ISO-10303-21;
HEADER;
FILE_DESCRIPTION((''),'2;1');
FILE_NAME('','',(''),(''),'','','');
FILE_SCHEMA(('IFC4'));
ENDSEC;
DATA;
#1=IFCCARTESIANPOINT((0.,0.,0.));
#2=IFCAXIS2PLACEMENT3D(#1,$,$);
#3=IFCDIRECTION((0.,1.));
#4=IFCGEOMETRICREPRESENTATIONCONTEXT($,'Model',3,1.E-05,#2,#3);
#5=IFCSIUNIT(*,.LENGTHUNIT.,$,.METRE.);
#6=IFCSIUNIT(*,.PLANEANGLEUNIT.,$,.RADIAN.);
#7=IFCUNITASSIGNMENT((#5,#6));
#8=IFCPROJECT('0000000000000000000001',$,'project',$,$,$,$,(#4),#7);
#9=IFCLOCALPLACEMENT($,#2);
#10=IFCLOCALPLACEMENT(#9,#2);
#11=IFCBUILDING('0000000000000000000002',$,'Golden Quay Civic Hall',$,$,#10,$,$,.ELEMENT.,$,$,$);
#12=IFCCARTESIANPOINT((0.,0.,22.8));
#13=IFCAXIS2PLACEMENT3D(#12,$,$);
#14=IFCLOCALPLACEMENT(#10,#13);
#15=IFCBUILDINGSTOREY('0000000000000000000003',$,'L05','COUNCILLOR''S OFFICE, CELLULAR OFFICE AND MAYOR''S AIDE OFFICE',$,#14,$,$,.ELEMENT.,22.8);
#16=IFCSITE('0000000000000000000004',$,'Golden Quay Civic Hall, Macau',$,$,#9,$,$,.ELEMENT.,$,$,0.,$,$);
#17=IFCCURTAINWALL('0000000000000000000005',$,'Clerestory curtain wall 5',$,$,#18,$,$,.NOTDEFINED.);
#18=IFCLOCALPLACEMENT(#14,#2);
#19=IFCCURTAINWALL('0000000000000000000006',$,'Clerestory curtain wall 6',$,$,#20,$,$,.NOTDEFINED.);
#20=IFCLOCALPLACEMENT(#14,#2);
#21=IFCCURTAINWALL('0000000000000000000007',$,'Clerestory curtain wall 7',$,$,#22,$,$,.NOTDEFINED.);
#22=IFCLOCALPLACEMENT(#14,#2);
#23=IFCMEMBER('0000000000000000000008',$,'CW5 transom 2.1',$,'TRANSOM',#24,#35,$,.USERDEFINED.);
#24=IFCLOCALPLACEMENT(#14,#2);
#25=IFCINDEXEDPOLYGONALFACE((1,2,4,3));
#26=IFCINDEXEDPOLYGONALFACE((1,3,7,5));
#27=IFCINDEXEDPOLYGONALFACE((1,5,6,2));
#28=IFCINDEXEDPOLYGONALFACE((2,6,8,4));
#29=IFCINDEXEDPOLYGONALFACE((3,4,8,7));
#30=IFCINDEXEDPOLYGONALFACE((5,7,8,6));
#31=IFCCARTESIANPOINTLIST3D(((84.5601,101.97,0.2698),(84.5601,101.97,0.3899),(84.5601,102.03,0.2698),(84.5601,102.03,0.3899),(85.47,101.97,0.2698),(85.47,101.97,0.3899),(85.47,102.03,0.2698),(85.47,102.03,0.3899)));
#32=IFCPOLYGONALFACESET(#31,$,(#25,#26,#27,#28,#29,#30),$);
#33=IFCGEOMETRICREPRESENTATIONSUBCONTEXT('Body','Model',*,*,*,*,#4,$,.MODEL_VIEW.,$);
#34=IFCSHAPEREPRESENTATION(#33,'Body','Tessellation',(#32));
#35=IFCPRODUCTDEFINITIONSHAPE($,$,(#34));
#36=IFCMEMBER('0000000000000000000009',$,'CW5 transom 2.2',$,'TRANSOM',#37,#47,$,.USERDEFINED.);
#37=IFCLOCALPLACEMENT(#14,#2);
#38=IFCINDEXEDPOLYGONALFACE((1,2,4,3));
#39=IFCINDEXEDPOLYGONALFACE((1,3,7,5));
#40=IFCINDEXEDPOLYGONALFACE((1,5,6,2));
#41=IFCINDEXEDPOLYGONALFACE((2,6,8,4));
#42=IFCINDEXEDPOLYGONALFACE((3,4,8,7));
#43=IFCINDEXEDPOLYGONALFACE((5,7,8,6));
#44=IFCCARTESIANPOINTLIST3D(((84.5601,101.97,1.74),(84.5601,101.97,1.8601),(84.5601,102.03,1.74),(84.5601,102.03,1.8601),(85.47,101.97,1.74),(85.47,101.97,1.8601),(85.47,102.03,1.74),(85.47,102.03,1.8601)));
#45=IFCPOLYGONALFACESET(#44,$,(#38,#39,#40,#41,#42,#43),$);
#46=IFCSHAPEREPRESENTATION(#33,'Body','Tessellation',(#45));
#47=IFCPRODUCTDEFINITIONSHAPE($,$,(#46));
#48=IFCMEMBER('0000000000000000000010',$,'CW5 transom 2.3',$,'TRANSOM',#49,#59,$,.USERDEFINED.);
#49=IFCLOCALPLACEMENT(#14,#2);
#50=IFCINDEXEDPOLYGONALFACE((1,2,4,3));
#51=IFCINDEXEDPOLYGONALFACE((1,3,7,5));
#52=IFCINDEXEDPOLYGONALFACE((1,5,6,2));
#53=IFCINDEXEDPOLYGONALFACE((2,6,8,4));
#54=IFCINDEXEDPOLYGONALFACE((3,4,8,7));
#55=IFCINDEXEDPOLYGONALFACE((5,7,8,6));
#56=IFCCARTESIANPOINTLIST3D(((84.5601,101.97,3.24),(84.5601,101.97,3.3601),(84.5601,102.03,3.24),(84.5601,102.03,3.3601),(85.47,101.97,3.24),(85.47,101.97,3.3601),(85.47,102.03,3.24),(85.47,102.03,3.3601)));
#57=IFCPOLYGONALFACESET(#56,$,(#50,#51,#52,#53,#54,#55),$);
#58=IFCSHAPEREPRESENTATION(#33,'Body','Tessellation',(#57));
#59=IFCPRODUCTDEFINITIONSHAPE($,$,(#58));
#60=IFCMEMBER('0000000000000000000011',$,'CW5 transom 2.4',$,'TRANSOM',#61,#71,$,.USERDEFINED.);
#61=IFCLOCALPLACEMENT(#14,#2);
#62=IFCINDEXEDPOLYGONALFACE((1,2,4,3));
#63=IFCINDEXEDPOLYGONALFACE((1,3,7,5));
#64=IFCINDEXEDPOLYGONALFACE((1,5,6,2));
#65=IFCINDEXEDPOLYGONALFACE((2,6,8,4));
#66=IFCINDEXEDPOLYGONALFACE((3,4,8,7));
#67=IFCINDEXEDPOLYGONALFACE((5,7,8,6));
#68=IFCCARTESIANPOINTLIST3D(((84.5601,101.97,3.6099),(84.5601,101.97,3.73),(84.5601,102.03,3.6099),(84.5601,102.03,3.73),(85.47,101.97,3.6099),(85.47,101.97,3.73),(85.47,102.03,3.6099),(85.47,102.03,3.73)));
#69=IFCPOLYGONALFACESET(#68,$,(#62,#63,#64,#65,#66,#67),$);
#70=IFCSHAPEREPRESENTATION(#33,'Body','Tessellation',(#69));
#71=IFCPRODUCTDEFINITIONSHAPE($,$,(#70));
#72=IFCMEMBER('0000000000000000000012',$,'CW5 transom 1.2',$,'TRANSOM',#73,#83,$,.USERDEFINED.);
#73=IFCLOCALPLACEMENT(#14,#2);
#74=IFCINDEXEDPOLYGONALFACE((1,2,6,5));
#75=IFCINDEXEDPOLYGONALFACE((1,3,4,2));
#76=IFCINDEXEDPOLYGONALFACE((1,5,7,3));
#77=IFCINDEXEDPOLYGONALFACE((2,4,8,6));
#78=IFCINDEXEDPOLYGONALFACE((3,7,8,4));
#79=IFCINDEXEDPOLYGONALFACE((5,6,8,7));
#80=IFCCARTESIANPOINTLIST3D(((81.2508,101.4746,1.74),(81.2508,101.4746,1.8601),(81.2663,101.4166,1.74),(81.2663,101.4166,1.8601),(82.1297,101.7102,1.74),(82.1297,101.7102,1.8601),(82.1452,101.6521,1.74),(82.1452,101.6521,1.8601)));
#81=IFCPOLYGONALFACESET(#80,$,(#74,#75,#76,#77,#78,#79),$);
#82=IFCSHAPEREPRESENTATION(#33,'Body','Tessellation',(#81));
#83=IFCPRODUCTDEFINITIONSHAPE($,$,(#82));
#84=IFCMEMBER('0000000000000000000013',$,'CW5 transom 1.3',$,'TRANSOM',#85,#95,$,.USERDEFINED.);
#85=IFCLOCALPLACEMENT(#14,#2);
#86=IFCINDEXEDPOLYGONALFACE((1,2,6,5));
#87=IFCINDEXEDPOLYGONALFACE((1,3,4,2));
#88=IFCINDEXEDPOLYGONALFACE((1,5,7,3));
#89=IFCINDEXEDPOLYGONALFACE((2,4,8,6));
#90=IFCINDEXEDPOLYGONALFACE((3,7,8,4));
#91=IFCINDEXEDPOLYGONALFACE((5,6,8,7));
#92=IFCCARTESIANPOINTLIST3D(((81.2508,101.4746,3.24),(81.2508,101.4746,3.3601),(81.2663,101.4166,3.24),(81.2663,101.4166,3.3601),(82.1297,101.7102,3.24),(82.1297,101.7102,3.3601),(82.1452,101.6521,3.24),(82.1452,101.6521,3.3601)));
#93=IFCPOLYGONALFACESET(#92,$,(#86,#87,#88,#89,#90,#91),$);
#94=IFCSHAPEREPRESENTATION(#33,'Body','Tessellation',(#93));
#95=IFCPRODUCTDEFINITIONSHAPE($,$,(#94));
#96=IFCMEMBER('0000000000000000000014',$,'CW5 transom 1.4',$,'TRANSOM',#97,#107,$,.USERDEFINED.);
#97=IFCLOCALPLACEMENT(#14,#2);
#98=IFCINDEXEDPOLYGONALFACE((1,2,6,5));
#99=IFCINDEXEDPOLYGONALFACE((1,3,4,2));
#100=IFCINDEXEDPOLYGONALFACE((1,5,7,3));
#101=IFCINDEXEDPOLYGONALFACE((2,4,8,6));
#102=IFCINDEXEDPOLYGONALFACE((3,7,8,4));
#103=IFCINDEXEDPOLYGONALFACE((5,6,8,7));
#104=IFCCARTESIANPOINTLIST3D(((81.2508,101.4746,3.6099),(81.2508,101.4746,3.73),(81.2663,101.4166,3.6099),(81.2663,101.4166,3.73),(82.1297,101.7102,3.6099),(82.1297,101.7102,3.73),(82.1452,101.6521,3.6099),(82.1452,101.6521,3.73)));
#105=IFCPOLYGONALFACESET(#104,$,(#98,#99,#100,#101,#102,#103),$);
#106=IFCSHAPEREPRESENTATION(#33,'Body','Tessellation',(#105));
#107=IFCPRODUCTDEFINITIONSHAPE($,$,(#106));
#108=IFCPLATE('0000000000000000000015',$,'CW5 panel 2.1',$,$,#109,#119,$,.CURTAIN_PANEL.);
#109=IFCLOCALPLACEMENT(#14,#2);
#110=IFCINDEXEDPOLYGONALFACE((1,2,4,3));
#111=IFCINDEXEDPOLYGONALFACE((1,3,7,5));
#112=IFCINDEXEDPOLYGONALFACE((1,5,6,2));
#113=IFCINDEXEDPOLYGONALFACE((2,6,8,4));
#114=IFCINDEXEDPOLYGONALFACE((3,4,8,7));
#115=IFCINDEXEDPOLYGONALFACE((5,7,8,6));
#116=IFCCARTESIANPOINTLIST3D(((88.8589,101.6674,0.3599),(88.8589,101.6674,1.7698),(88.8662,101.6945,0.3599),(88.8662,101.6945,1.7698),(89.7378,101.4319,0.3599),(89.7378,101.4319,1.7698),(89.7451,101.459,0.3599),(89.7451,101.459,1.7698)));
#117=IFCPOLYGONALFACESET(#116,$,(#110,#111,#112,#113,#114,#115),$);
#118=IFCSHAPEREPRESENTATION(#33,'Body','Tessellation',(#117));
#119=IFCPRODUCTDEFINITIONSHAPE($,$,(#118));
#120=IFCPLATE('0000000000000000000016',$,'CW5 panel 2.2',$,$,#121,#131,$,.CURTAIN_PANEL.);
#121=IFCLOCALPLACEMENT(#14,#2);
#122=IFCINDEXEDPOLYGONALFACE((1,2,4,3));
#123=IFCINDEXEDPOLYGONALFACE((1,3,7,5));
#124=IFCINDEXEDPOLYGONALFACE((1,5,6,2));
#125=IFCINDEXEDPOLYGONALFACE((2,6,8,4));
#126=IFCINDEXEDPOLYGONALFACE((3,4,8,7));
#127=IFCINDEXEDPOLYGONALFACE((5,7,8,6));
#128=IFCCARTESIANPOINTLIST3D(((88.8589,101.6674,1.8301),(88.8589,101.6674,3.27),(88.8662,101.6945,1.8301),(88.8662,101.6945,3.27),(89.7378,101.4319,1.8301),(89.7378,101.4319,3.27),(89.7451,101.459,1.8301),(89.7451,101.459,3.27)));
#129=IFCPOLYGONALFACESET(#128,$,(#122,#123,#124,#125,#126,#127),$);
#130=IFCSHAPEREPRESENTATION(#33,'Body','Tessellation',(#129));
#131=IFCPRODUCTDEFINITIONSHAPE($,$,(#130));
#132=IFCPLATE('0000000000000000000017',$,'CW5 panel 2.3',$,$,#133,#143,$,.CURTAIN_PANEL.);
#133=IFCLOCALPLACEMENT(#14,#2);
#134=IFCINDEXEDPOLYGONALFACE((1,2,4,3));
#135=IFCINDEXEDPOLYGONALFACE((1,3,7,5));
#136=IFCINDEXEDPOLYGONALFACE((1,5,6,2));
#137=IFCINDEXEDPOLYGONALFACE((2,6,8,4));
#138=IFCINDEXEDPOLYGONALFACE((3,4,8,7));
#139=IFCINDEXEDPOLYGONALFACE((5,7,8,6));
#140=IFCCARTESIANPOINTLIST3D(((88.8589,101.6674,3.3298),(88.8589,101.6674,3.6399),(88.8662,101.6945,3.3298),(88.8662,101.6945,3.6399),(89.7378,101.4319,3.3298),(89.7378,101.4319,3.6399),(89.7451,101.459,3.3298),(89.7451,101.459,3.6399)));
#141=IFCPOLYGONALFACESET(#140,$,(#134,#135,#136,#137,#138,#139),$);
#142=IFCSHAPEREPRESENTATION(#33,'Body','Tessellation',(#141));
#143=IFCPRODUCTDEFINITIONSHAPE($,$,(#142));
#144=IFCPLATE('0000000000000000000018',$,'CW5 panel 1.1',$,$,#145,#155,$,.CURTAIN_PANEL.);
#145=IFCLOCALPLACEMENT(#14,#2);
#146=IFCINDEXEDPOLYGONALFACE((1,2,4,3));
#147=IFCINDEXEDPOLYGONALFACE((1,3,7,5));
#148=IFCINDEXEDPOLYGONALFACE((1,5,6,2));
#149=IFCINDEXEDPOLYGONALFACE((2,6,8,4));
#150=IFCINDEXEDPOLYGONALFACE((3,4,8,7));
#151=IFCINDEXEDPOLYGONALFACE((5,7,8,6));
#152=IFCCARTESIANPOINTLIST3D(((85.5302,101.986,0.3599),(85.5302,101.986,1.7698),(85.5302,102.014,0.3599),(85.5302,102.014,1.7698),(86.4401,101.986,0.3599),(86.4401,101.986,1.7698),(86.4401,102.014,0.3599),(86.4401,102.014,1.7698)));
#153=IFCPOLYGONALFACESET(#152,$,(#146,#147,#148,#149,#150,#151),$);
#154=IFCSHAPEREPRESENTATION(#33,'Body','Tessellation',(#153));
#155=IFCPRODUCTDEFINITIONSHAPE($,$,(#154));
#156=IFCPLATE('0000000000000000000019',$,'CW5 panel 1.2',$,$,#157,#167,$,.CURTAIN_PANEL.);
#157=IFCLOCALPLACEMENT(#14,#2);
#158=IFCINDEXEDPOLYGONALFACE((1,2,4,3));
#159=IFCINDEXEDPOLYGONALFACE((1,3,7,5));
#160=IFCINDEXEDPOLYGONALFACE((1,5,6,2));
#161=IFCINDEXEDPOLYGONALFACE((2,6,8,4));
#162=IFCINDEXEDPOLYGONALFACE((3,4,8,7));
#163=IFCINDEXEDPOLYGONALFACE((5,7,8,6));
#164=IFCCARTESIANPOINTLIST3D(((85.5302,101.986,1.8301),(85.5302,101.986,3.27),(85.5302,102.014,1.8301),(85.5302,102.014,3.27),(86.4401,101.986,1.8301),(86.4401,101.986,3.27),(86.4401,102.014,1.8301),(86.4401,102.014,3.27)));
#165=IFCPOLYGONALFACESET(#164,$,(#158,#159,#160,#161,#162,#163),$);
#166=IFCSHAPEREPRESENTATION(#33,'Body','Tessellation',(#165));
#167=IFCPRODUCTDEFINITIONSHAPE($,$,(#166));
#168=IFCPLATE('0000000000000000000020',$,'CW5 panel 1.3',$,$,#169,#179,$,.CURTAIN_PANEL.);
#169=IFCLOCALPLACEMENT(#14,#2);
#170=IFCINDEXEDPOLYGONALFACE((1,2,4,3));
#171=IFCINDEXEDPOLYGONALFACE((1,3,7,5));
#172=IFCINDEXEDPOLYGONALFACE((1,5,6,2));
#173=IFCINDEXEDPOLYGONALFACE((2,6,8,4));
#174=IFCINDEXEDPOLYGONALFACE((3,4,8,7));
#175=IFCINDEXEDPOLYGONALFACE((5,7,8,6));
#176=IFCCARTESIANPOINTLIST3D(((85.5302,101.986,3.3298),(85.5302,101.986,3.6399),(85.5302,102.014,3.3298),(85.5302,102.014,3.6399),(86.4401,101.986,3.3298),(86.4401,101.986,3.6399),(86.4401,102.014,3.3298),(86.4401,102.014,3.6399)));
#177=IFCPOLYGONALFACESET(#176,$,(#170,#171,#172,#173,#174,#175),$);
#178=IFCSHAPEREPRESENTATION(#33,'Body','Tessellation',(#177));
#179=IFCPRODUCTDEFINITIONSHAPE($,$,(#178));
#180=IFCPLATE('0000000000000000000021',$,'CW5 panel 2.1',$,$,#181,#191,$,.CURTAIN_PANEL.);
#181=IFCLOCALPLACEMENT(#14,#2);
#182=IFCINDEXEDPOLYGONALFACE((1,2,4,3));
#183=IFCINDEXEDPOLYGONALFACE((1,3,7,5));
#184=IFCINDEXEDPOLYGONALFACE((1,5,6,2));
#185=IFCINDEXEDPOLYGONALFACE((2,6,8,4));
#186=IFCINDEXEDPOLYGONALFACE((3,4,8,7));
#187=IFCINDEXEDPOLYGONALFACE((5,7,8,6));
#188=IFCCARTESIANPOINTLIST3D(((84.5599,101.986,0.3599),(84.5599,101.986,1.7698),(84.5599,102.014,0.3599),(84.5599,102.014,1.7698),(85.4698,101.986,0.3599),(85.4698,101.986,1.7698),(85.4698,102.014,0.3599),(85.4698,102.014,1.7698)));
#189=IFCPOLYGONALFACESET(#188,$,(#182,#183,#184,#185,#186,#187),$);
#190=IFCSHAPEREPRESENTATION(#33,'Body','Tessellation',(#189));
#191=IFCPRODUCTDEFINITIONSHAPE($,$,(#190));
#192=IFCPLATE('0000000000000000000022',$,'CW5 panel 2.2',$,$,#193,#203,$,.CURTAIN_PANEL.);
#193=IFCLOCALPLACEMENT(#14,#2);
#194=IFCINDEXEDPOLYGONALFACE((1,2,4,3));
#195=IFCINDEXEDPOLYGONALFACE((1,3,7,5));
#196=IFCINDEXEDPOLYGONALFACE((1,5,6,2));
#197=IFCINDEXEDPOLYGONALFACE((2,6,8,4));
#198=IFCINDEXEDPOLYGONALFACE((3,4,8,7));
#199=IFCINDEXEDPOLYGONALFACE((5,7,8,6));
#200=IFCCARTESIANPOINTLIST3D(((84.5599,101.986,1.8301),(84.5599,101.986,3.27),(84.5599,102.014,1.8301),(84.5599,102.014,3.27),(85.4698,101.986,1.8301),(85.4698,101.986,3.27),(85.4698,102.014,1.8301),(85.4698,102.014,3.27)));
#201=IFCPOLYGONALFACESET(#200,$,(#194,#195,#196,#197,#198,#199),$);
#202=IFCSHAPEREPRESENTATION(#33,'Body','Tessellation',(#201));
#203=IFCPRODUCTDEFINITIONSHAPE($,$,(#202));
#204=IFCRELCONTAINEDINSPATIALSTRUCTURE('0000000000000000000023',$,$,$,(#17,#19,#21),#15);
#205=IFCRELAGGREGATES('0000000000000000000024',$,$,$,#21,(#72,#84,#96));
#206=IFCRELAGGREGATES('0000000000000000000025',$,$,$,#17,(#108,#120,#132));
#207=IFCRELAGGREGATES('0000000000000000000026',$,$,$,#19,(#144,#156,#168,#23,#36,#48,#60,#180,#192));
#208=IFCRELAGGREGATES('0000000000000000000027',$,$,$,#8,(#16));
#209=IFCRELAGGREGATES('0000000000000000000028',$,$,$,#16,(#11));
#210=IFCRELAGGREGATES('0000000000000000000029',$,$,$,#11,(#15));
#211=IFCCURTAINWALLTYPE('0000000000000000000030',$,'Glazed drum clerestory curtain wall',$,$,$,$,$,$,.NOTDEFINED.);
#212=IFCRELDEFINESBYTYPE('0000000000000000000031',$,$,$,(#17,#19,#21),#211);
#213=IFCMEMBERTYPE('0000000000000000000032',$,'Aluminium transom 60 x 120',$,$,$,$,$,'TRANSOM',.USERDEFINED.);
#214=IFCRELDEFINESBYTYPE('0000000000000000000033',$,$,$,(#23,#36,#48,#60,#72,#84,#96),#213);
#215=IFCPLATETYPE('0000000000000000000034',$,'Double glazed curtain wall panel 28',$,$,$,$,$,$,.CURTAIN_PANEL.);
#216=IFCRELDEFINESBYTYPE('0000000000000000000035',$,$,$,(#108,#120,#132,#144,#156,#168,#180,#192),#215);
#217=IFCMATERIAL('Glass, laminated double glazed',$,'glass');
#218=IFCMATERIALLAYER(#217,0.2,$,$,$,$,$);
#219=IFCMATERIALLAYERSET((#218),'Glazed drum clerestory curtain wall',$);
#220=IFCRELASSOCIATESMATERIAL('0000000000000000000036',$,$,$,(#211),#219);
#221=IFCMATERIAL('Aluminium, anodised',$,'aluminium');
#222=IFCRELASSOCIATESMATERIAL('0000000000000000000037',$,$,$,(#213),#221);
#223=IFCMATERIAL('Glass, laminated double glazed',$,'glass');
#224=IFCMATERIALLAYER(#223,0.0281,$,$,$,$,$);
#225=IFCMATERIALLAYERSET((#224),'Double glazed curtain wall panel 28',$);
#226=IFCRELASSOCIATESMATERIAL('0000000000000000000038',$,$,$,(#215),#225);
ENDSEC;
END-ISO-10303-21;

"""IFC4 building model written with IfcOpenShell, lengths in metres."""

from ifc_helpers import new_model, si_unit, direction, frame, origin, origin_2d, place, context, subcontext, project, spatial, rectangle, extrude, material, layer, layer_set, material_profile, profile_set, type_object, element, aggregate, save


model = new_model("IFC4")

# Units and contexts
model_context = context("Model", 3, precision=1e-05, world=origin(), true_north=direction((0.0, 1.0)))
body_context = subcontext(model_context, "Body", "Model", "MODEL_VIEW")
ifc_project = project(units=[si_unit("LENGTHUNIT", "METRE"), si_unit("PLANEANGLEUNIT", "RADIAN")], contexts=[model_context])

# Site, building, storey
site_placement = place(None, origin())
site = spatial("IfcSite", under=ifc_project, at=site_placement, Name="Golden Quay Civic Hall, Macau", CompositionType="ELEMENT", RefElevation=0.0)
building_placement = place(site_placement, origin())
building = spatial("IfcBuilding", under=site, at=building_placement, Name="Golden Quay Civic Hall", CompositionType="ELEMENT")
storey_placement = place(building_placement, frame((0.0, 0.0, 22.8)))
storey = spatial("IfcBuildingStorey", under=building, at=storey_placement, Name="L05", Description="COUNCILLOR'S OFFICE, CELLULAR OFFICE AND MAYOR'S AIDE OFFICE", CompositionType="ELEMENT", Elevation=22.8)

# Curtain walls
ifc_material_1 = material(Name="Glass, laminated double glazed", Category="glass")
ifc_layer_1 = layer(ifc_material_1, 0.2)
ifc_layer_set_1 = layer_set([ifc_layer_1], Name="Glazed drum clerestory curtain wall")
curtain_wall_type = type_object("IfcCurtainWallType", Name="Glazed drum clerestory curtain wall", PredefinedType="NOTDEFINED", material=ifc_layer_set_1)
curtain_wall_1_placement = place(storey_placement, origin())
curtain_wall_1 = element("IfcCurtainWall", 1, at=curtain_wall_1_placement, inside=storey, type_object=curtain_wall_type, Name="Clerestory curtain wall 5", PredefinedType="NOTDEFINED")
curtain_wall_2_placement = place(storey_placement, origin())
curtain_wall_2 = element("IfcCurtainWall", 2, at=curtain_wall_2_placement, inside=storey, type_object=curtain_wall_type, Name="Clerestory curtain wall 6", PredefinedType="NOTDEFINED")

# Curtain wall
curtain_wall_3_placement = place(storey_placement, origin())
curtain_wall_3 = element("IfcCurtainWall", 3, at=curtain_wall_3_placement, inside=storey, type_object=curtain_wall_type, Name="Clerestory curtain wall 7", PredefinedType="NOTDEFINED")

# Members
ifc_material_2 = material(Name="Aluminium, anodised", Category="aluminium")
ifc_material_profile_1 = material_profile(ifc_material_2, rectangle(XDim=0.0601, YDim=0.1201, at=origin_2d()), Name="Aluminium 60 x 120")
ifc_profile_set_1 = profile_set([ifc_material_profile_1], Name="Aluminium, anodised")
member_type_1 = type_object("IfcMemberType", Name="Aluminium transom 60 x 120", ElementType="TRANSOM", PredefinedType="USERDEFINED", material=ifc_profile_set_1)
member_1_placement = place(storey_placement, frame((85.47, 102.0, 0.3298), z_axis=(-1.0, 0.0, 0.0), x_axis=(0.0, -1.0, 0.0)))
member_1 = element("IfcMember", 4, at=member_1_placement, type_object=member_type_1, Name="CW5 transom 2.1", ObjectType="TRANSOM", PredefinedType="USERDEFINED", context=body_context, shape_type="SweptSolid", body=[
    extrude(rectangle(XDim=0.0601, YDim=0.1201, at=origin_2d()), origin(), (0.0, 0.0, 1.0), 0.9099),
])
member_2_placement = place(storey_placement, frame((85.47, 102.0, 1.8), z_axis=(-1.0, 0.0, 0.0), x_axis=(0.0, -1.0, 0.0)))
member_2 = element("IfcMember", 5, at=member_2_placement, type_object=member_type_1, Name="CW5 transom 2.2", ObjectType="TRANSOM", PredefinedType="USERDEFINED", context=body_context, shape_type="SweptSolid", body=[
    extrude(rectangle(XDim=0.0601, YDim=0.1201, at=origin_2d()), origin(), (0.0, 0.0, 1.0), 0.9099),
])
member_3_placement = place(storey_placement, frame((85.47, 102.0, 3.3), z_axis=(-1.0, 0.0, 0.0), x_axis=(0.0, -1.0, 0.0)))
member_3 = element("IfcMember", 6, at=member_3_placement, type_object=member_type_1, Name="CW5 transom 2.3", ObjectType="TRANSOM", PredefinedType="USERDEFINED", context=body_context, shape_type="SweptSolid", body=[
    extrude(rectangle(XDim=0.0601, YDim=0.1201, at=origin_2d()), origin(), (0.0, 0.0, 1.0), 0.9099),
])
member_4_placement = place(storey_placement, frame((85.47, 102.0, 3.6699), z_axis=(-1.0, 0.0, 0.0), x_axis=(0.0, -1.0, 0.0)))
member_4 = element("IfcMember", 7, at=member_4_placement, type_object=member_type_1, Name="CW5 transom 2.4", ObjectType="TRANSOM", PredefinedType="USERDEFINED", context=body_context, shape_type="SweptSolid", body=[
    extrude(rectangle(XDim=0.0601, YDim=0.1201, at=origin_2d()), origin(), (0.0, 0.0, 1.0), 0.9099),
])
member_5_placement = place(storey_placement, frame((82.1375, 101.6812, 1.8), z_axis=(-0.9659, -0.258915, 0.0), x_axis=(0.258915, -0.9659, 0.0)))
member_5 = element("IfcMember", 8, at=member_5_placement, type_object=member_type_1, Name="CW5 transom 1.2", ObjectType="TRANSOM", PredefinedType="USERDEFINED", context=body_context, shape_type="SweptSolid", body=[
    extrude(rectangle(XDim=0.0601, YDim=0.1201, at=origin_2d()), origin(), (0.0, 0.0, 1.0), 0.9099),
])
member_6_placement = place(storey_placement, frame((82.1375, 101.6812, 3.3), z_axis=(-0.9659, -0.258915, 0.0), x_axis=(0.258915, -0.9659, 0.0)))
member_6 = element("IfcMember", 9, at=member_6_placement, type_object=member_type_1, Name="CW5 transom 1.3", ObjectType="TRANSOM", PredefinedType="USERDEFINED", context=body_context, shape_type="SweptSolid", body=[
    extrude(rectangle(XDim=0.0601, YDim=0.1201, at=origin_2d()), origin(), (0.0, 0.0, 1.0), 0.9099),
])
member_7_placement = place(storey_placement, frame((82.1375, 101.6812, 3.6699), z_axis=(-0.9659, -0.258915, 0.0), x_axis=(0.258915, -0.9659, 0.0)))
member_7 = element("IfcMember", 10, at=member_7_placement, type_object=member_type_1, Name="CW5 transom 1.4", ObjectType="TRANSOM", PredefinedType="USERDEFINED", context=body_context, shape_type="SweptSolid", body=[
    extrude(rectangle(XDim=0.0601, YDim=0.1201, at=origin_2d()), origin(), (0.0, 0.0, 1.0), 0.9099),
])
aggregate(curtain_wall_3, [member_5, member_6, member_7])

# Plates
ifc_material_3 = material(Name="Glass, laminated double glazed", Category="glass")
ifc_layer_2 = layer(ifc_material_3, 0.0281)
ifc_layer_set_2 = layer_set([ifc_layer_2], Name="Double glazed curtain wall panel 28")
plate_type = type_object("IfcPlateType", Name="Double glazed curtain wall panel 28", PredefinedType="CURTAIN_PANEL", material=ifc_layer_set_2)
plate_1_placement = place(storey_placement, frame((89.302, 101.5632, 0.3599), z_axis=(0.0, 0.0, 1.0), x_axis=(-0.965929, 0.258808, 0.0)))
plate_1 = element("IfcPlate", 11, at=plate_1_placement, type_object=plate_type, Name="CW5 panel 2.1", PredefinedType="CURTAIN_PANEL", context=body_context, shape_type="SweptSolid", body=[
    extrude(rectangle(XDim=0.9099, YDim=0.0281, at=origin_2d()), origin(), (0.0, 0.0, 1.0), 1.4099),
])
plate_2_placement = place(storey_placement, frame((89.302, 101.5632, 1.8301), z_axis=(0.0, 0.0, 1.0), x_axis=(-0.965929, 0.258808, 0.0)))
plate_2 = element("IfcPlate", 12, at=plate_2_placement, type_object=plate_type, Name="CW5 panel 2.2", PredefinedType="CURTAIN_PANEL", context=body_context, shape_type="SweptSolid", body=[
    extrude(rectangle(XDim=0.9099, YDim=0.0281, at=origin_2d()), origin(), (0.0, 0.0, 1.0), 1.4399),
])
plate_3_placement = place(storey_placement, frame((89.302, 101.5632, 3.3298), z_axis=(0.0, 0.0, 1.0), x_axis=(-0.965929, 0.258808, 0.0)))
plate_3 = element("IfcPlate", 13, at=plate_3_placement, type_object=plate_type, Name="CW5 panel 2.3", PredefinedType="CURTAIN_PANEL", context=body_context, shape_type="SweptSolid", body=[
    extrude(rectangle(XDim=0.9099, YDim=0.0281, at=origin_2d()), origin(), (0.0, 0.0, 1.0), 0.3101),
])
aggregate(curtain_wall_1, [plate_1, plate_2, plate_3])
plate_4_placement = place(storey_placement, frame((85.9851, 102.0, 0.3599), z_axis=(0.0, 0.0, 1.0), x_axis=(-1.0, 0.0, 0.0)))
plate_4 = element("IfcPlate", 14, at=plate_4_placement, type_object=plate_type, Name="CW5 panel 1.1", PredefinedType="CURTAIN_PANEL", context=body_context, shape_type="SweptSolid", body=[
    extrude(rectangle(XDim=0.9099, YDim=0.0281, at=origin_2d()), origin(), (0.0, 0.0, 1.0), 1.4099),
])
plate_5_placement = place(storey_placement, frame((85.9851, 102.0, 1.8301), z_axis=(0.0, 0.0, 1.0), x_axis=(-1.0, 0.0, 0.0)))
plate_5 = element("IfcPlate", 15, at=plate_5_placement, type_object=plate_type, Name="CW5 panel 1.2", PredefinedType="CURTAIN_PANEL", context=body_context, shape_type="SweptSolid", body=[
    extrude(rectangle(XDim=0.9099, YDim=0.0281, at=origin_2d()), origin(), (0.0, 0.0, 1.0), 1.4399),
])
plate_6_placement = place(storey_placement, frame((85.9851, 102.0, 3.3298), z_axis=(0.0, 0.0, 1.0), x_axis=(-1.0, 0.0, 0.0)))
plate_6 = element("IfcPlate", 16, at=plate_6_placement, type_object=plate_type, Name="CW5 panel 1.3", PredefinedType="CURTAIN_PANEL", context=body_context, shape_type="SweptSolid", body=[
    extrude(rectangle(XDim=0.9099, YDim=0.0281, at=origin_2d()), origin(), (0.0, 0.0, 1.0), 0.3101),
])
plate_7_placement = place(storey_placement, frame((85.0149, 102.0, 0.3599), z_axis=(0.0, 0.0, 1.0), x_axis=(-1.0, 0.0, 0.0)))
plate_7 = element("IfcPlate", 17, at=plate_7_placement, type_object=plate_type, Name="CW5 panel 2.1", PredefinedType="CURTAIN_PANEL", context=body_context, shape_type="SweptSolid", body=[
    extrude(rectangle(XDim=0.9099, YDim=0.0281, at=origin_2d()), origin(), (0.0, 0.0, 1.0), 1.4099),
])
plate_8_placement = place(storey_placement, frame((85.0149, 102.0, 1.8301), z_axis=(0.0, 0.0, 1.0), x_axis=(-1.0, 0.0, 0.0)))
plate_8 = element("IfcPlate", 18, at=plate_8_placement, type_object=plate_type, Name="CW5 panel 2.2", PredefinedType="CURTAIN_PANEL", context=body_context, shape_type="SweptSolid", body=[
    extrude(rectangle(XDim=0.9099, YDim=0.0281, at=origin_2d()), origin(), (0.0, 0.0, 1.0), 1.4399),
])
aggregate(curtain_wall_2, [plate_4, plate_5, plate_6, member_1, member_2, member_3, member_4, plate_7, plate_8])

save(model, "model.ifc")
